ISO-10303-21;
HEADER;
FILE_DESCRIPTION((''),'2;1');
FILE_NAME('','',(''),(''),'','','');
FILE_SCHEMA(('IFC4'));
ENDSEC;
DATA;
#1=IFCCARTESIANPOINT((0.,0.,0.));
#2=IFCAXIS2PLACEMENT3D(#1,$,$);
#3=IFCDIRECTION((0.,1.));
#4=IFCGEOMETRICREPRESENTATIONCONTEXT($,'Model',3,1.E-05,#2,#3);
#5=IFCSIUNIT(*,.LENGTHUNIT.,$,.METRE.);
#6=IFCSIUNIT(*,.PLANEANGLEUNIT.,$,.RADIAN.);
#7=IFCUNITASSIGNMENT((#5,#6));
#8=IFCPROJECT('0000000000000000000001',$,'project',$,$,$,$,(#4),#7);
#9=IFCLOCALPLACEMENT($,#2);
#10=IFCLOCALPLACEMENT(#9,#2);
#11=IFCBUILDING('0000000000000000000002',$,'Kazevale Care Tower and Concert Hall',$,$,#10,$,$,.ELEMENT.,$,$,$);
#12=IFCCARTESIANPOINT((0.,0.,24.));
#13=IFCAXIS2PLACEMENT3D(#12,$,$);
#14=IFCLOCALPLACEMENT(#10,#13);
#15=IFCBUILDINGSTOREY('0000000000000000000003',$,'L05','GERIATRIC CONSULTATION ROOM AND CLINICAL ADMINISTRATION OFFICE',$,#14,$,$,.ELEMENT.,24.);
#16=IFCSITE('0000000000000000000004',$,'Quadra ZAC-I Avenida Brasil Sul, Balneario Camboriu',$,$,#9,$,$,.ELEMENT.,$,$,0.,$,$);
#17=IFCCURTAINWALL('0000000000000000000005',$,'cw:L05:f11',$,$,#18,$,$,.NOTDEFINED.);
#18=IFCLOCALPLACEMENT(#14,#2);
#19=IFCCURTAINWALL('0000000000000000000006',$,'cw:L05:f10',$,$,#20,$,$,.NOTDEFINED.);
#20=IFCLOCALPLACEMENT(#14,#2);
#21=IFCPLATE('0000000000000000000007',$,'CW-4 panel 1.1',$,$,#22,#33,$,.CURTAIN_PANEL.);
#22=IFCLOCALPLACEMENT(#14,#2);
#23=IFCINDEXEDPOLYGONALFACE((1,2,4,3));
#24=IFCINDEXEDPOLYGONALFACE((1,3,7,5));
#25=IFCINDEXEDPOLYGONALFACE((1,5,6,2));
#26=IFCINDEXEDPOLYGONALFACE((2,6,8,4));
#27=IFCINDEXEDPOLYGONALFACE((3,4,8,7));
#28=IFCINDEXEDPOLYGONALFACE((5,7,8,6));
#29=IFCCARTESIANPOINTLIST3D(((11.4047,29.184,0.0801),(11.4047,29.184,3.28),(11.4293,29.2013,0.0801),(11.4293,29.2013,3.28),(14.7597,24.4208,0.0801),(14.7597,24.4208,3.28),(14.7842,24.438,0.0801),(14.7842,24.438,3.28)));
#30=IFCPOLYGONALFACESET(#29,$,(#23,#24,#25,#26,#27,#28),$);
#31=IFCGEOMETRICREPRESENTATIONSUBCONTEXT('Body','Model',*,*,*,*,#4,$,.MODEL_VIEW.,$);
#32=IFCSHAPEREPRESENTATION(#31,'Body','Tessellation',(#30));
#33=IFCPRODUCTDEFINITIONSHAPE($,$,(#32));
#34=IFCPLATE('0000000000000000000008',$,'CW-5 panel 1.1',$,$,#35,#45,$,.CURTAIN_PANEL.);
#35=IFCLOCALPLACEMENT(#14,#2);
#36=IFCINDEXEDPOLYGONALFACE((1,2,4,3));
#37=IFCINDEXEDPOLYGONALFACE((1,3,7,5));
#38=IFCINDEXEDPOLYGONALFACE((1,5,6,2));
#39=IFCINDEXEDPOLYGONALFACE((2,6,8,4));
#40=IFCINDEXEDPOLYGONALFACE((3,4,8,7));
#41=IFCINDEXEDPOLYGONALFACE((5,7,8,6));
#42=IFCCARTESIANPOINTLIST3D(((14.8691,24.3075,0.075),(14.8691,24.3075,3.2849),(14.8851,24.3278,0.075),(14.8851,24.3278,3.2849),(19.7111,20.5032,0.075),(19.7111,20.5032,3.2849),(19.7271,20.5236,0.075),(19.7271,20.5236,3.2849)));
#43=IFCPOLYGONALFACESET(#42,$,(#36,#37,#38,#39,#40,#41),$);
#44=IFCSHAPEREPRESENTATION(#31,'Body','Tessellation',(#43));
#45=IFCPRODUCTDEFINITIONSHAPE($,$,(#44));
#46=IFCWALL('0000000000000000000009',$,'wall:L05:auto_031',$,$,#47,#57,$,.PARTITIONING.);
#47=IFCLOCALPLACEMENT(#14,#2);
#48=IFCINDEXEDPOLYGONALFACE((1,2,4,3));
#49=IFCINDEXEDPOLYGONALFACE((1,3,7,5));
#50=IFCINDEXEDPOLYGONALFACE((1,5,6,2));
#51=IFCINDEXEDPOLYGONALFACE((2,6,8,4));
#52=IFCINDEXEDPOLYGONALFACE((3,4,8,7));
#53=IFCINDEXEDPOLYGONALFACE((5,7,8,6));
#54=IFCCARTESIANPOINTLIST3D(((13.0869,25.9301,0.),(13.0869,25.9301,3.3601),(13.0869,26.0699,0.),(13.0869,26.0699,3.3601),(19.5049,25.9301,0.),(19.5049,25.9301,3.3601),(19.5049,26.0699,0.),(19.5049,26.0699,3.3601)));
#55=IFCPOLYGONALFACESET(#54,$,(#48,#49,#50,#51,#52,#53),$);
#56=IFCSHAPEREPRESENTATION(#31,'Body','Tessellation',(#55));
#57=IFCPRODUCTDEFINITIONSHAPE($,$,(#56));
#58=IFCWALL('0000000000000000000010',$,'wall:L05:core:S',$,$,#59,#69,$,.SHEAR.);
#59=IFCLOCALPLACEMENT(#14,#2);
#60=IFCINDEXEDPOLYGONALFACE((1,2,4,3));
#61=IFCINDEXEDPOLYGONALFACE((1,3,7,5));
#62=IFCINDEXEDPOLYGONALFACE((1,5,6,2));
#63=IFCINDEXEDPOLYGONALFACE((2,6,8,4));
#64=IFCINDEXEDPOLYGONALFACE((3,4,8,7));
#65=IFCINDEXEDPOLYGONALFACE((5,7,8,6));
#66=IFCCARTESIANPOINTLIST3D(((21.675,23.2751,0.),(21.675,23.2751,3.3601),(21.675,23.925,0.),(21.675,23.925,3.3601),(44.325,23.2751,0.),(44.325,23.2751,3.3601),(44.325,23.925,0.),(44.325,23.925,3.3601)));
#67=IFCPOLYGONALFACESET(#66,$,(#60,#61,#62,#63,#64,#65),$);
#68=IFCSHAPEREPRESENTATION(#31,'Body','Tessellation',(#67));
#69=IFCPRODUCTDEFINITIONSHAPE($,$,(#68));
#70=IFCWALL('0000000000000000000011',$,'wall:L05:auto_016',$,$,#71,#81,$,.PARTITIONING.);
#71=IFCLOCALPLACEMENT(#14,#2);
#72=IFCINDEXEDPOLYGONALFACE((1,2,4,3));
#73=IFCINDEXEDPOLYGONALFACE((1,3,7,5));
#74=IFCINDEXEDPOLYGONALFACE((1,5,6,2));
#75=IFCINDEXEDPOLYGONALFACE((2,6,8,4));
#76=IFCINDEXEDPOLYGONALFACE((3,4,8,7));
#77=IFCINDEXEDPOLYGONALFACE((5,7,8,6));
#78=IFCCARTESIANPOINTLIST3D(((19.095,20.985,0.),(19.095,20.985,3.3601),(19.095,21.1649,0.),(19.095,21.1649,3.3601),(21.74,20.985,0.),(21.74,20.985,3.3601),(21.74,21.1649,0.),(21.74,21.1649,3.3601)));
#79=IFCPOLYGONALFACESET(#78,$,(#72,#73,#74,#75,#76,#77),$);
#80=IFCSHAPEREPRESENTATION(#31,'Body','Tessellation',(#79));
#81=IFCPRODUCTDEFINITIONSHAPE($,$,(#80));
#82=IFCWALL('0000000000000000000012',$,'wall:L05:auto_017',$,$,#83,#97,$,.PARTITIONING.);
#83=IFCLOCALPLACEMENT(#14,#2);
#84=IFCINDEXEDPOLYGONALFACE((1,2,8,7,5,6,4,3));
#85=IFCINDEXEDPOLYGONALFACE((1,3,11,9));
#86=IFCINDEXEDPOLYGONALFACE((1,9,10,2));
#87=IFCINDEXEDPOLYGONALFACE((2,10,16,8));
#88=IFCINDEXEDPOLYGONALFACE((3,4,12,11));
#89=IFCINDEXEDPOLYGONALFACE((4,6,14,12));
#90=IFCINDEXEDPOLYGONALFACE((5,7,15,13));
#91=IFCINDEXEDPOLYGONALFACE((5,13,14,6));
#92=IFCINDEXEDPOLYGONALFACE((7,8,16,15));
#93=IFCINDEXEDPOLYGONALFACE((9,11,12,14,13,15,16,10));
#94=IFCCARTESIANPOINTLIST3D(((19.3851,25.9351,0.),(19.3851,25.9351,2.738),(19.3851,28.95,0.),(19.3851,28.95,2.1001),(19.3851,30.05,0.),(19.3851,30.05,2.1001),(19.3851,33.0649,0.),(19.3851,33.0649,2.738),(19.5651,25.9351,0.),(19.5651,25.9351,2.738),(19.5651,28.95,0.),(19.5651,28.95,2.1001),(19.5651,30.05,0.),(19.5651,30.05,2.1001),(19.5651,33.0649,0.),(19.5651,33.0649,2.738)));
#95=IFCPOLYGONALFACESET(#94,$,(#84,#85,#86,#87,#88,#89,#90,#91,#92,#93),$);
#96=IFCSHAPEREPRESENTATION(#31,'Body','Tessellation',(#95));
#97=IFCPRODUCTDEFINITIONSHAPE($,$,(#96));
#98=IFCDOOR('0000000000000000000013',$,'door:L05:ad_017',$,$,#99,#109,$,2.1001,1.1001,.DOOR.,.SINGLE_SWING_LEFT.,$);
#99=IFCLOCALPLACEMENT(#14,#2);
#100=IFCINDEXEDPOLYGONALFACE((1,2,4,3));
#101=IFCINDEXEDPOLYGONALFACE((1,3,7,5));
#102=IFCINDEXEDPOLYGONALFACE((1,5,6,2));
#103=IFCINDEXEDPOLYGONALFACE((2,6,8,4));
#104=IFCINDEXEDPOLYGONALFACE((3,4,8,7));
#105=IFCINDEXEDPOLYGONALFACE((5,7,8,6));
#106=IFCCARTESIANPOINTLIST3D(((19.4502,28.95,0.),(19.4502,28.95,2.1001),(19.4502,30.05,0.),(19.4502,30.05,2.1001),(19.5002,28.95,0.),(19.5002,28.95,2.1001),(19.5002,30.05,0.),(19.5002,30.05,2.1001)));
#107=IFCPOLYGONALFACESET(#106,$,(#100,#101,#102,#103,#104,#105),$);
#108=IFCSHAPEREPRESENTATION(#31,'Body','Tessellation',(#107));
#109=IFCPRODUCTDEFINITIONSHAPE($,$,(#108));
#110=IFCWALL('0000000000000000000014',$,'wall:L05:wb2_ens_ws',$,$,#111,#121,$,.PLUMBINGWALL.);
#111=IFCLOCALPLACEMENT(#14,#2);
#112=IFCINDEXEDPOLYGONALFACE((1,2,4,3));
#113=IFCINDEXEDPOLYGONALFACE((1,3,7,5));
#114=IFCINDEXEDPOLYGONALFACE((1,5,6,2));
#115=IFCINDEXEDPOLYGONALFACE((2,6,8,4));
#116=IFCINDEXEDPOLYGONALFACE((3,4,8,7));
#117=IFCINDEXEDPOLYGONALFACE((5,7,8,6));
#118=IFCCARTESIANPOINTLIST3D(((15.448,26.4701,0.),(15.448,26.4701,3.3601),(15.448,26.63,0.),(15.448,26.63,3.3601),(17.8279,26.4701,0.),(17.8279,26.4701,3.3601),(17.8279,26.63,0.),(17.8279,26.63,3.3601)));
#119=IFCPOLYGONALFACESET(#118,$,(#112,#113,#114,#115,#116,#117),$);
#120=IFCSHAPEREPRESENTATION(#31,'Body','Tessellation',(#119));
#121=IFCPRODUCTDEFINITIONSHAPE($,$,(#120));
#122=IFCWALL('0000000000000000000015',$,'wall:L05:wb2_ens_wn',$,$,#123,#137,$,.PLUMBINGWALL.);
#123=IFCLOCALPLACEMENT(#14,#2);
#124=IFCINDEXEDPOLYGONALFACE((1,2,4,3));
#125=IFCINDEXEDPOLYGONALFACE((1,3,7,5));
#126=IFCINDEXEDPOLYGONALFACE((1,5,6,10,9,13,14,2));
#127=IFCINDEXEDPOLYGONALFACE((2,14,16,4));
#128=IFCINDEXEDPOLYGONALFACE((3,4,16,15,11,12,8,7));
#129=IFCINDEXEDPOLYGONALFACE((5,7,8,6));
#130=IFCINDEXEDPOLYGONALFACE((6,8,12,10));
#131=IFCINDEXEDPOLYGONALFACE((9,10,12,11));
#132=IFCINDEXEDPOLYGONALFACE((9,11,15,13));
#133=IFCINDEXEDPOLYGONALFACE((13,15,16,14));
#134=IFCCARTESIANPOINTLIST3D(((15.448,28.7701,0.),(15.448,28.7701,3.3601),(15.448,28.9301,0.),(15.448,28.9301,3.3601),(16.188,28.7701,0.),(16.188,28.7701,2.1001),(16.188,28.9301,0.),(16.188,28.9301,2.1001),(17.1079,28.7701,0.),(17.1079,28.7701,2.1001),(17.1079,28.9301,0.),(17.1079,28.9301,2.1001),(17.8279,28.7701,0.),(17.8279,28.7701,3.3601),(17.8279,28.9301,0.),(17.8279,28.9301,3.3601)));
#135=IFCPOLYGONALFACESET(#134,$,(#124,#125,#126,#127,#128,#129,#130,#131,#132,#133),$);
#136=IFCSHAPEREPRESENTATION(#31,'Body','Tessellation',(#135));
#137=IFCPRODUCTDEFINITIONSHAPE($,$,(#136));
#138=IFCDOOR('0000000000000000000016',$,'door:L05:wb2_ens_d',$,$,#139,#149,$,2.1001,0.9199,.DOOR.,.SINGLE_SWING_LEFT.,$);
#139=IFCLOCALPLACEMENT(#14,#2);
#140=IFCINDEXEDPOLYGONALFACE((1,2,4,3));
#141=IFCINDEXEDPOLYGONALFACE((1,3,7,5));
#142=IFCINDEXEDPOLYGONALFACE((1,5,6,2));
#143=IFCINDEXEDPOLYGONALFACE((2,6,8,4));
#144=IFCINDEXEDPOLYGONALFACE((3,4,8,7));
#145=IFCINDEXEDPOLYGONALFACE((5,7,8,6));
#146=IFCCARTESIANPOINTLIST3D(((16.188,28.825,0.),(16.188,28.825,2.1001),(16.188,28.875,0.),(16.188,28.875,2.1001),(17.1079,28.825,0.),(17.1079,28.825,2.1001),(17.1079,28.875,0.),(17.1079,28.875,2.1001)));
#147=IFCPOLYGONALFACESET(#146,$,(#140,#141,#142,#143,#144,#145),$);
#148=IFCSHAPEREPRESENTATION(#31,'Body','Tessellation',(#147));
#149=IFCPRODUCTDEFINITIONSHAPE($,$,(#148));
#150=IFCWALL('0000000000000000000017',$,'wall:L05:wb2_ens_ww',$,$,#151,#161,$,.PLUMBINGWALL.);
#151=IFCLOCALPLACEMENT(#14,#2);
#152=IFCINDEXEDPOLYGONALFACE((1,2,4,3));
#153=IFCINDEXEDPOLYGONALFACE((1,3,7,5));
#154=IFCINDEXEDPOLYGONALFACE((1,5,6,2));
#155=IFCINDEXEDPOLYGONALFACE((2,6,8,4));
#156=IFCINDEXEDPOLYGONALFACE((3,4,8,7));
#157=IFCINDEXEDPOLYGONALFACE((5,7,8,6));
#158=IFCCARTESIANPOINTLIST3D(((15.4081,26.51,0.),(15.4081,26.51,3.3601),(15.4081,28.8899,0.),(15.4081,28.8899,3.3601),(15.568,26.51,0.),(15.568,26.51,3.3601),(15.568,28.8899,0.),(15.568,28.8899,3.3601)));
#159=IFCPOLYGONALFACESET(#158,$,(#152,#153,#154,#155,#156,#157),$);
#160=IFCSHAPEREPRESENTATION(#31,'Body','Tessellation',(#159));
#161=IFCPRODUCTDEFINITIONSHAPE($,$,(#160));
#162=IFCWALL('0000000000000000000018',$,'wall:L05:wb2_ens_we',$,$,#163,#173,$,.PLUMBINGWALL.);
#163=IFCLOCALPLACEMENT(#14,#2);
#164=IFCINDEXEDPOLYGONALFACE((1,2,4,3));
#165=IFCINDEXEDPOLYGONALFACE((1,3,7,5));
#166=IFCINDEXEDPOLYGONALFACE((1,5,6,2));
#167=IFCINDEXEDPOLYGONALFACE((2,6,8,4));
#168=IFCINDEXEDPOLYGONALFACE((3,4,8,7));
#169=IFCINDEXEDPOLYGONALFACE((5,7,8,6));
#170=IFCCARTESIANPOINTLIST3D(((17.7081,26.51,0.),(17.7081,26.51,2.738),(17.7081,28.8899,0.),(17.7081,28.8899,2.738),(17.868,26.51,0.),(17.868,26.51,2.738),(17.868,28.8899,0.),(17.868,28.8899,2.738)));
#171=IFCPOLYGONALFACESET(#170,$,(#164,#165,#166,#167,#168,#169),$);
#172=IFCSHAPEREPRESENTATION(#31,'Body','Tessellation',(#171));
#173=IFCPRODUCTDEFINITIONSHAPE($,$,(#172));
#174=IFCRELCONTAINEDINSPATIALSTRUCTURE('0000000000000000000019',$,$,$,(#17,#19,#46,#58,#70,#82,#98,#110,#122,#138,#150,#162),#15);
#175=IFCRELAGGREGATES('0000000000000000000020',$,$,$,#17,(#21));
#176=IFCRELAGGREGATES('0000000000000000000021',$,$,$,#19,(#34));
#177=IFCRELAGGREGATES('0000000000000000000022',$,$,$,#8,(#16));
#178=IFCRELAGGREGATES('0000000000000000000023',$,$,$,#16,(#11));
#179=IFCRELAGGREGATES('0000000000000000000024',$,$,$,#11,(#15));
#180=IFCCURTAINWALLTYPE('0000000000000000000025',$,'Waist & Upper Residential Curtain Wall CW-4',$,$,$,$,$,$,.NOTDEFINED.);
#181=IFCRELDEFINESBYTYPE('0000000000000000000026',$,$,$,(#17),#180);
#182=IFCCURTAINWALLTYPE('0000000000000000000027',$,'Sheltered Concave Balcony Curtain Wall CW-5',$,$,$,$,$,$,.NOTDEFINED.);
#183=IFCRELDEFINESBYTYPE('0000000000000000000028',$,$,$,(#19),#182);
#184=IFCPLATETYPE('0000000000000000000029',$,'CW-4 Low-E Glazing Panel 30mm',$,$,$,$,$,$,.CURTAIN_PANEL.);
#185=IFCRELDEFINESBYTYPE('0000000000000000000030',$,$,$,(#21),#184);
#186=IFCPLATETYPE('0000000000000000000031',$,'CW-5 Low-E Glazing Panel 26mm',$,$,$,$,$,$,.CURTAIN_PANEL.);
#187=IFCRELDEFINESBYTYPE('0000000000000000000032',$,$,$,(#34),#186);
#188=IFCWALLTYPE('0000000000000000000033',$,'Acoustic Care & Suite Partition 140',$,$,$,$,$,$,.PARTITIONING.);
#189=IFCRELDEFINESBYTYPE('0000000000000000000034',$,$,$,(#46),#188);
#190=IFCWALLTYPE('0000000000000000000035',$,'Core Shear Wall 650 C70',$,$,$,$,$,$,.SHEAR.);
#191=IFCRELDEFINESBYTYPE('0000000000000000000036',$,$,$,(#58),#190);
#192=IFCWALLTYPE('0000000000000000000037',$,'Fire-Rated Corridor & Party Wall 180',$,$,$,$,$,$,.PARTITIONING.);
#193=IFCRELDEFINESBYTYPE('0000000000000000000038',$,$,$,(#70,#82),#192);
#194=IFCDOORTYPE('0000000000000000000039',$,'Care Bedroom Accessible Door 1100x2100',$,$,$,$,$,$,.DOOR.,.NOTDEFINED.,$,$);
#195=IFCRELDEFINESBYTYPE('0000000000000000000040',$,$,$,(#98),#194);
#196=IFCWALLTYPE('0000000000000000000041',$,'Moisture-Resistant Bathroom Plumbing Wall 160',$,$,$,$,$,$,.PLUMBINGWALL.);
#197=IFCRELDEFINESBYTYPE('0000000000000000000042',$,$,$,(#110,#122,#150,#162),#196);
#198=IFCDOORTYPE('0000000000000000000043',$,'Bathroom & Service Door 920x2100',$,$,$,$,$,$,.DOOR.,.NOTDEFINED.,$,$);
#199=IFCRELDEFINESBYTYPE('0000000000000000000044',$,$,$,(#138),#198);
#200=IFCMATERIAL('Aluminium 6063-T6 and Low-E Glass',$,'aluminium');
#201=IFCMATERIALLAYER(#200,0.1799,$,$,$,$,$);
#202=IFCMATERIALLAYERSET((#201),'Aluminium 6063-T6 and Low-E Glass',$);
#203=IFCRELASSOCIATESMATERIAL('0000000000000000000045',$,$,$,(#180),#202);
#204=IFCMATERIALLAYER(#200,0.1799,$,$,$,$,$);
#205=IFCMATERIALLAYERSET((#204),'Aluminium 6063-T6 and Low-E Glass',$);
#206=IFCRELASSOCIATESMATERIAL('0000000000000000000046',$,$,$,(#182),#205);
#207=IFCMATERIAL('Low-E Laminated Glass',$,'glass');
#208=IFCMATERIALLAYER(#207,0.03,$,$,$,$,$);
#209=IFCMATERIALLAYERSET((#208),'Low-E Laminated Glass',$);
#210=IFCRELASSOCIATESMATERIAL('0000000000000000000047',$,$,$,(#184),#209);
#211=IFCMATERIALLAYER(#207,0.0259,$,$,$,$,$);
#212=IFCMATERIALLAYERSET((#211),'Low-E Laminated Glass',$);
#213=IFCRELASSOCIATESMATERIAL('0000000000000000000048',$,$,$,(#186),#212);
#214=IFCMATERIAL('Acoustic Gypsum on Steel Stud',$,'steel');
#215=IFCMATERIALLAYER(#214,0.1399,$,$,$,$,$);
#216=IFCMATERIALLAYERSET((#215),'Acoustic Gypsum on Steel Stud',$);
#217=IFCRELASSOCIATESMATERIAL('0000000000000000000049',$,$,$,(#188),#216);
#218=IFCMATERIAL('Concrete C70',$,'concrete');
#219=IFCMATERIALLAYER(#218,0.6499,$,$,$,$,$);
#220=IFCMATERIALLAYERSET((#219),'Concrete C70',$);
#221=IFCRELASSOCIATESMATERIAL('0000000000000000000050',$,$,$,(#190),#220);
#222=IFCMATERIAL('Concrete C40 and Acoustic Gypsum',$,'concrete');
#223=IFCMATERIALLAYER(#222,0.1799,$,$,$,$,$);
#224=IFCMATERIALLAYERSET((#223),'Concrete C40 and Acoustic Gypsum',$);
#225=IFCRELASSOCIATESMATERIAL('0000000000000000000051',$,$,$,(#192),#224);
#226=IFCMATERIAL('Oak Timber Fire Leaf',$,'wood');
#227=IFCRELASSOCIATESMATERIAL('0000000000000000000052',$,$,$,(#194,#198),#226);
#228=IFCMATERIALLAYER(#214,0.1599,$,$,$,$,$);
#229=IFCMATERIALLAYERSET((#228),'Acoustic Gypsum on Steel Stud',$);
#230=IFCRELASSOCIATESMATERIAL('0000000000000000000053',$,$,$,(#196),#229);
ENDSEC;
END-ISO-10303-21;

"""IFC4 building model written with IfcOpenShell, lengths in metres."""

from ifc_helpers import new_model, si_unit, direction, frame, frame_2d, origin, origin_2d, place, context, subcontext, project, spatial, rectangle, extrude, material, layer, layer_set, type_object, element, fill, aggregate, save


model = new_model("IFC4")

# Units and contexts
model_context = context("Model", 3, precision=1e-05, world=origin(), true_north=direction((0.0, 1.0)))
body_context = subcontext(model_context, "Body", "Model", "MODEL_VIEW")
ifc_project = project(units=[si_unit("LENGTHUNIT", "METRE"), si_unit("PLANEANGLEUNIT", "RADIAN")], contexts=[model_context])

# Site, building, storey
site_placement = place(None, origin())
site = spatial("IfcSite", under=ifc_project, at=site_placement, Name="Quadra ZAC-I Avenida Brasil Sul, Balneario Camboriu", CompositionType="ELEMENT", RefElevation=0.0)
building_placement = place(site_placement, origin())
building = spatial("IfcBuilding", under=site, at=building_placement, Name="Kazevale Care Tower and Concert Hall", CompositionType="ELEMENT")
storey_placement = place(building_placement, frame((0.0, 0.0, 24.0)))
storey = spatial("IfcBuildingStorey", under=building, at=storey_placement, Name="L05", Description="GERIATRIC CONSULTATION ROOM AND CLINICAL ADMINISTRATION OFFICE", CompositionType="ELEMENT", Elevation=24.0)

# Shared definitions
ifc_material_1 = material(Name="Concrete C70", Category="concrete")

# Curtain wall
ifc_material_2 = material(Name="Aluminium 6063-T6 and Low-E Glass", Category="aluminium")
ifc_layer_1 = layer(ifc_material_2, 0.1799)
ifc_layer_set_1 = layer_set([ifc_layer_1], Name="Aluminium 6063-T6 and Low-E Glass")
curtain_wall_type_1 = type_object("IfcCurtainWallType", Name="Waist & Upper Residential Curtain Wall CW-4", PredefinedType="NOTDEFINED", material=ifc_layer_set_1)
curtain_wall_1_placement = place(storey_placement, origin())
curtain_wall_1 = element("IfcCurtainWall", 1, at=curtain_wall_1_placement, inside=storey, type_object=curtain_wall_type_1, Name="cw:L05:f11", PredefinedType="NOTDEFINED")

# Curtain wall
ifc_layer_2 = layer(ifc_material_2, 0.1799)
ifc_layer_set_2 = layer_set([ifc_layer_2], Name="Aluminium 6063-T6 and Low-E Glass")
curtain_wall_type_2 = type_object("IfcCurtainWallType", Name="Sheltered Concave Balcony Curtain Wall CW-5", PredefinedType="NOTDEFINED", material=ifc_layer_set_2)
curtain_wall_2_placement = place(storey_placement, origin())
curtain_wall_2 = element("IfcCurtainWall", 2, at=curtain_wall_2_placement, inside=storey, type_object=curtain_wall_type_2, Name="cw:L05:f10", PredefinedType="NOTDEFINED")

# Plates
ifc_material_3 = material(Name="Low-E Laminated Glass", Category="glass")
ifc_layer_3 = layer(ifc_material_3, 0.03)
ifc_layer_set_3 = layer_set([ifc_layer_3], Name="Low-E Laminated Glass")
plate_type_1 = type_object("IfcPlateType", Name="CW-4 Low-E Glazing Panel 30mm", PredefinedType="CURTAIN_PANEL", material=ifc_layer_set_3)
plate_1_placement = place(storey_placement, frame((13.0945, 26.811, 0.0801), z_axis=(0.0, 0.0, 1.0), x_axis=(-0.575837, 0.817565, 0.0)))
plate_1 = element("IfcPlate", 3, at=plate_1_placement, type_object=plate_type_1, Name="CW-4 panel 1.1", PredefinedType="CURTAIN_PANEL", context=body_context, shape_type="SweptSolid", body=[
    extrude(rectangle(XDim=5.8262, YDim=0.03, at=origin_2d()), origin(), (0.0, 0.0, 1.0), 3.2),
])
aggregate(curtain_wall_1, [plate_1])
ifc_layer_4 = layer(ifc_material_3, 0.0259)
ifc_layer_set_4 = layer_set([ifc_layer_4], Name="Low-E Laminated Glass")
plate_type_2 = type_object("IfcPlateType", Name="CW-5 Low-E Glazing Panel 26mm", PredefinedType="CURTAIN_PANEL", material=ifc_layer_set_4)
plate_2_placement = place(storey_placement, frame((17.2981, 22.4155, 0.075), z_axis=(0.0, 0.0, 1.0), x_axis=(-0.786329, 0.617808, 0.0)))
plate_2 = element("IfcPlate", 4, at=plate_2_placement, type_object=plate_type_2, Name="CW-5 panel 1.1", PredefinedType="CURTAIN_PANEL", context=body_context, shape_type="SweptSolid", body=[
    extrude(rectangle(XDim=6.1577, YDim=0.0259, at=origin_2d()), origin(), (0.0, 0.0, 1.0), 3.21),
])
aggregate(curtain_wall_2, [plate_2])

# Walls
ifc_material_4 = material(Name="Acoustic Gypsum on Steel Stud", Category="steel")
ifc_layer_5 = layer(ifc_material_4, 0.1399)
ifc_layer_set_5 = layer_set([ifc_layer_5], Name="Acoustic Gypsum on Steel Stud")
wall_type_1 = type_object("IfcWallType", Name="Acoustic Care & Suite Partition 140", PredefinedType="PARTITIONING", material=ifc_layer_set_5)
wall_1_placement = place(storey_placement, frame((13.0869, 26.0, 0.0), z_axis=(0.0, 0.0, 1.0), x_axis=(1.0, 0.0, 0.0)))
element("IfcWall", 5, at=wall_1_placement, inside=storey, type_object=wall_type_1, Name="wall:L05:auto_031", PredefinedType="PARTITIONING", context=body_context, shape_type="SweptSolid", body=[
    extrude(rectangle(XDim=6.418, YDim=0.1399, at=frame_2d((3.209, 0.0))), origin(), (0.0, 0.0, 1.0), 3.3601),
])
ifc_layer_6 = layer(ifc_material_1, 0.6499)
ifc_layer_set_6 = layer_set([ifc_layer_6], Name="Concrete C70")
wall_type_2 = type_object("IfcWallType", Name="Core Shear Wall 650 C70", PredefinedType="SHEAR", material=ifc_layer_set_6)
wall_2_placement = place(storey_placement, frame((21.675, 23.6001, 0.0), z_axis=(0.0, 0.0, 1.0), x_axis=(1.0, 0.0, 0.0)))
element("IfcWall", 6, at=wall_2_placement, inside=storey, type_object=wall_type_2, Name="wall:L05:core:S", PredefinedType="SHEAR", context=body_context, shape_type="SweptSolid", body=[
    extrude(rectangle(XDim=22.6499, YDim=0.6499, at=frame_2d((11.325, 0.0))), origin(), (0.0, 0.0, 1.0), 3.3601),
])
ifc_material_5 = material(Name="Concrete C40 and Acoustic Gypsum", Category="concrete")
ifc_layer_7 = layer(ifc_material_5, 0.1799)
ifc_layer_set_7 = layer_set([ifc_layer_7], Name="Concrete C40 and Acoustic Gypsum")
wall_type_3 = type_object("IfcWallType", Name="Fire-Rated Corridor & Party Wall 180", PredefinedType="PARTITIONING", material=ifc_layer_set_7)
wall_3_placement = place(storey_placement, frame((21.74, 21.075, 0.0), z_axis=(0.0, 0.0, 1.0), x_axis=(-1.0, 0.0, 0.0)))
element("IfcWall", 7, at=wall_3_placement, inside=storey, type_object=wall_type_3, Name="wall:L05:auto_016", PredefinedType="PARTITIONING", context=body_context, shape_type="SweptSolid", body=[
    extrude(rectangle(XDim=2.645, YDim=0.1799, at=frame_2d((1.3225, 0.0))), origin(), (0.0, 0.0, 1.0), 3.3601),
])

# Wall, opening, door
wall_4_placement = place(storey_placement, frame((19.4751, 25.9351, 0.0), z_axis=(0.0, 0.0, 1.0), x_axis=(0.0, 1.0, 0.0)))
wall_4 = element("IfcWall", 8, at=wall_4_placement, inside=storey, type_object=wall_type_3, Name="wall:L05:auto_017", PredefinedType="PARTITIONING", context=body_context, shape_type="SweptSolid", body=[
    extrude(rectangle(XDim=7.1299, YDim=0.1799, at=frame_2d((3.5649, 0.0))), origin(), (0.0, 0.0, 1.0), 2.738),
])
opening_1_placement = place(wall_4_placement, frame((3.0149, 0.0, 0.0)))
opening_1 = element("IfcOpeningElement", 9, at=opening_1_placement, cuts=wall_4, PredefinedType="OPENING", context=body_context, shape_type="SweptSolid", body=[
    extrude(rectangle(XDim=1.1001, YDim=2.1001, at=frame_2d((0.55, 1.05))), frame((0.0, 0.0999, 0.0), z_axis=(0.0, -1.0, 0.0), x_axis=(1.0, 0.0, 0.0)), (0.0, 0.0, 1.0), 0.2),
])
ifc_material_6 = material(Name="Oak Timber Fire Leaf", Category="wood")
door_type_1 = type_object("IfcDoorType", Name="Care Bedroom Accessible Door 1100x2100", OperationType="NOTDEFINED", PredefinedType="DOOR", material=ifc_material_6)
door_1_placement = place(opening_1_placement, origin())
door_1 = element("IfcDoor", 10, at=door_1_placement, inside=storey, type_object=door_type_1, Name="door:L05:ad_017", OperationType="SINGLE_SWING_LEFT", OverallHeight=2.1001, OverallWidth=1.1001, PredefinedType="DOOR", context=body_context, shape_type="SweptSolid", body=[
    extrude(rectangle(XDim=1.1001, YDim=2.1001, at=frame_2d((0.55, 1.05))), frame((0.0, 0.0249, 0.0), z_axis=(0.0, -1.0, 0.0), x_axis=(1.0, 0.0, 0.0)), (0.0, 0.0, 1.0), 0.05),
])
fill(opening_1, door_1)

# Wall
ifc_layer_8 = layer(ifc_material_4, 0.1599)
ifc_layer_set_8 = layer_set([ifc_layer_8], Name="Acoustic Gypsum on Steel Stud")
wall_type_4 = type_object("IfcWallType", Name="Moisture-Resistant Bathroom Plumbing Wall 160", PredefinedType="PLUMBINGWALL", material=ifc_layer_set_8)
wall_5_placement = place(storey_placement, frame((15.448, 26.55, 0.0), z_axis=(0.0, 0.0, 1.0), x_axis=(1.0, 0.0, 0.0)))
element("IfcWall", 11, at=wall_5_placement, inside=storey, type_object=wall_type_4, Name="wall:L05:wb2_ens_ws", PredefinedType="PLUMBINGWALL", context=body_context, shape_type="SweptSolid", body=[
    extrude(rectangle(XDim=2.3799, YDim=0.1599, at=frame_2d((1.1899, 0.0))), origin(), (0.0, 0.0, 1.0), 3.3601),
])

# Wall, opening, door
wall_6_placement = place(storey_placement, frame((15.448, 28.8501, 0.0), z_axis=(0.0, 0.0, 1.0), x_axis=(1.0, 0.0, 0.0)))
wall_6 = element("IfcWall", 12, at=wall_6_placement, inside=storey, type_object=wall_type_4, Name="wall:L05:wb2_ens_wn", PredefinedType="PLUMBINGWALL", context=body_context, shape_type="SweptSolid", body=[
    extrude(rectangle(XDim=2.3799, YDim=0.1599, at=frame_2d((1.1899, 0.0))), origin(), (0.0, 0.0, 1.0), 3.3601),
])
opening_2_placement = place(wall_6_placement, frame((0.74, 0.0, 0.0)))
opening_2 = element("IfcOpeningElement", 13, at=opening_2_placement, cuts=wall_6, PredefinedType="OPENING", context=body_context, shape_type="SweptSolid", body=[
    extrude(rectangle(XDim=0.9199, YDim=2.1001, at=frame_2d((0.46, 1.05))), frame((0.0, 0.0898, 0.0), z_axis=(0.0, -1.0, 0.0), x_axis=(1.0, 0.0, 0.0)), (0.0, 0.0, 1.0), 0.1799),
])
door_type_2 = type_object("IfcDoorType", Name="Bathroom & Service Door 920x2100", OperationType="NOTDEFINED", PredefinedType="DOOR", material=ifc_material_6)
door_2_placement = place(opening_2_placement, origin())
door_2 = element("IfcDoor", 14, at=door_2_placement, inside=storey, type_object=door_type_2, Name="door:L05:wb2_ens_d", OperationType="SINGLE_SWING_LEFT", OverallHeight=2.1001, OverallWidth=0.9199, PredefinedType="DOOR", context=body_context, shape_type="SweptSolid", body=[
    extrude(rectangle(XDim=0.9199, YDim=2.1001, at=frame_2d((0.46, 1.05))), frame((0.0, 0.0249, 0.0), z_axis=(0.0, -1.0, 0.0), x_axis=(1.0, 0.0, 0.0)), (0.0, 0.0, 1.0), 0.05),
])
fill(opening_2, door_2)

# Walls
wall_7_placement = place(storey_placement, frame((15.488, 26.51, 0.0), z_axis=(0.0, 0.0, 1.0), x_axis=(0.0, 1.0, 0.0)))
element("IfcWall", 15, at=wall_7_placement, inside=storey, type_object=wall_type_4, Name="wall:L05:wb2_ens_ww", PredefinedType="PLUMBINGWALL", context=body_context, shape_type="SweptSolid", body=[
    extrude(rectangle(XDim=2.3799, YDim=0.1599, at=frame_2d((1.1899, 0.0))), origin(), (0.0, 0.0, 1.0), 3.3601),
])
wall_8_placement = place(storey_placement, frame((17.7881, 26.51, 0.0), z_axis=(0.0, 0.0, 1.0), x_axis=(0.0, 1.0, 0.0)))
element("IfcWall", 16, at=wall_8_placement, inside=storey, type_object=wall_type_4, Name="wall:L05:wb2_ens_we", PredefinedType="PLUMBINGWALL", context=body_context, shape_type="SweptSolid", body=[
    extrude(rectangle(XDim=2.3799, YDim=0.1599, at=frame_2d((1.1899, 0.0))), origin(), (0.0, 0.0, 1.0), 2.738),
])

save(model, "model.ifc")
